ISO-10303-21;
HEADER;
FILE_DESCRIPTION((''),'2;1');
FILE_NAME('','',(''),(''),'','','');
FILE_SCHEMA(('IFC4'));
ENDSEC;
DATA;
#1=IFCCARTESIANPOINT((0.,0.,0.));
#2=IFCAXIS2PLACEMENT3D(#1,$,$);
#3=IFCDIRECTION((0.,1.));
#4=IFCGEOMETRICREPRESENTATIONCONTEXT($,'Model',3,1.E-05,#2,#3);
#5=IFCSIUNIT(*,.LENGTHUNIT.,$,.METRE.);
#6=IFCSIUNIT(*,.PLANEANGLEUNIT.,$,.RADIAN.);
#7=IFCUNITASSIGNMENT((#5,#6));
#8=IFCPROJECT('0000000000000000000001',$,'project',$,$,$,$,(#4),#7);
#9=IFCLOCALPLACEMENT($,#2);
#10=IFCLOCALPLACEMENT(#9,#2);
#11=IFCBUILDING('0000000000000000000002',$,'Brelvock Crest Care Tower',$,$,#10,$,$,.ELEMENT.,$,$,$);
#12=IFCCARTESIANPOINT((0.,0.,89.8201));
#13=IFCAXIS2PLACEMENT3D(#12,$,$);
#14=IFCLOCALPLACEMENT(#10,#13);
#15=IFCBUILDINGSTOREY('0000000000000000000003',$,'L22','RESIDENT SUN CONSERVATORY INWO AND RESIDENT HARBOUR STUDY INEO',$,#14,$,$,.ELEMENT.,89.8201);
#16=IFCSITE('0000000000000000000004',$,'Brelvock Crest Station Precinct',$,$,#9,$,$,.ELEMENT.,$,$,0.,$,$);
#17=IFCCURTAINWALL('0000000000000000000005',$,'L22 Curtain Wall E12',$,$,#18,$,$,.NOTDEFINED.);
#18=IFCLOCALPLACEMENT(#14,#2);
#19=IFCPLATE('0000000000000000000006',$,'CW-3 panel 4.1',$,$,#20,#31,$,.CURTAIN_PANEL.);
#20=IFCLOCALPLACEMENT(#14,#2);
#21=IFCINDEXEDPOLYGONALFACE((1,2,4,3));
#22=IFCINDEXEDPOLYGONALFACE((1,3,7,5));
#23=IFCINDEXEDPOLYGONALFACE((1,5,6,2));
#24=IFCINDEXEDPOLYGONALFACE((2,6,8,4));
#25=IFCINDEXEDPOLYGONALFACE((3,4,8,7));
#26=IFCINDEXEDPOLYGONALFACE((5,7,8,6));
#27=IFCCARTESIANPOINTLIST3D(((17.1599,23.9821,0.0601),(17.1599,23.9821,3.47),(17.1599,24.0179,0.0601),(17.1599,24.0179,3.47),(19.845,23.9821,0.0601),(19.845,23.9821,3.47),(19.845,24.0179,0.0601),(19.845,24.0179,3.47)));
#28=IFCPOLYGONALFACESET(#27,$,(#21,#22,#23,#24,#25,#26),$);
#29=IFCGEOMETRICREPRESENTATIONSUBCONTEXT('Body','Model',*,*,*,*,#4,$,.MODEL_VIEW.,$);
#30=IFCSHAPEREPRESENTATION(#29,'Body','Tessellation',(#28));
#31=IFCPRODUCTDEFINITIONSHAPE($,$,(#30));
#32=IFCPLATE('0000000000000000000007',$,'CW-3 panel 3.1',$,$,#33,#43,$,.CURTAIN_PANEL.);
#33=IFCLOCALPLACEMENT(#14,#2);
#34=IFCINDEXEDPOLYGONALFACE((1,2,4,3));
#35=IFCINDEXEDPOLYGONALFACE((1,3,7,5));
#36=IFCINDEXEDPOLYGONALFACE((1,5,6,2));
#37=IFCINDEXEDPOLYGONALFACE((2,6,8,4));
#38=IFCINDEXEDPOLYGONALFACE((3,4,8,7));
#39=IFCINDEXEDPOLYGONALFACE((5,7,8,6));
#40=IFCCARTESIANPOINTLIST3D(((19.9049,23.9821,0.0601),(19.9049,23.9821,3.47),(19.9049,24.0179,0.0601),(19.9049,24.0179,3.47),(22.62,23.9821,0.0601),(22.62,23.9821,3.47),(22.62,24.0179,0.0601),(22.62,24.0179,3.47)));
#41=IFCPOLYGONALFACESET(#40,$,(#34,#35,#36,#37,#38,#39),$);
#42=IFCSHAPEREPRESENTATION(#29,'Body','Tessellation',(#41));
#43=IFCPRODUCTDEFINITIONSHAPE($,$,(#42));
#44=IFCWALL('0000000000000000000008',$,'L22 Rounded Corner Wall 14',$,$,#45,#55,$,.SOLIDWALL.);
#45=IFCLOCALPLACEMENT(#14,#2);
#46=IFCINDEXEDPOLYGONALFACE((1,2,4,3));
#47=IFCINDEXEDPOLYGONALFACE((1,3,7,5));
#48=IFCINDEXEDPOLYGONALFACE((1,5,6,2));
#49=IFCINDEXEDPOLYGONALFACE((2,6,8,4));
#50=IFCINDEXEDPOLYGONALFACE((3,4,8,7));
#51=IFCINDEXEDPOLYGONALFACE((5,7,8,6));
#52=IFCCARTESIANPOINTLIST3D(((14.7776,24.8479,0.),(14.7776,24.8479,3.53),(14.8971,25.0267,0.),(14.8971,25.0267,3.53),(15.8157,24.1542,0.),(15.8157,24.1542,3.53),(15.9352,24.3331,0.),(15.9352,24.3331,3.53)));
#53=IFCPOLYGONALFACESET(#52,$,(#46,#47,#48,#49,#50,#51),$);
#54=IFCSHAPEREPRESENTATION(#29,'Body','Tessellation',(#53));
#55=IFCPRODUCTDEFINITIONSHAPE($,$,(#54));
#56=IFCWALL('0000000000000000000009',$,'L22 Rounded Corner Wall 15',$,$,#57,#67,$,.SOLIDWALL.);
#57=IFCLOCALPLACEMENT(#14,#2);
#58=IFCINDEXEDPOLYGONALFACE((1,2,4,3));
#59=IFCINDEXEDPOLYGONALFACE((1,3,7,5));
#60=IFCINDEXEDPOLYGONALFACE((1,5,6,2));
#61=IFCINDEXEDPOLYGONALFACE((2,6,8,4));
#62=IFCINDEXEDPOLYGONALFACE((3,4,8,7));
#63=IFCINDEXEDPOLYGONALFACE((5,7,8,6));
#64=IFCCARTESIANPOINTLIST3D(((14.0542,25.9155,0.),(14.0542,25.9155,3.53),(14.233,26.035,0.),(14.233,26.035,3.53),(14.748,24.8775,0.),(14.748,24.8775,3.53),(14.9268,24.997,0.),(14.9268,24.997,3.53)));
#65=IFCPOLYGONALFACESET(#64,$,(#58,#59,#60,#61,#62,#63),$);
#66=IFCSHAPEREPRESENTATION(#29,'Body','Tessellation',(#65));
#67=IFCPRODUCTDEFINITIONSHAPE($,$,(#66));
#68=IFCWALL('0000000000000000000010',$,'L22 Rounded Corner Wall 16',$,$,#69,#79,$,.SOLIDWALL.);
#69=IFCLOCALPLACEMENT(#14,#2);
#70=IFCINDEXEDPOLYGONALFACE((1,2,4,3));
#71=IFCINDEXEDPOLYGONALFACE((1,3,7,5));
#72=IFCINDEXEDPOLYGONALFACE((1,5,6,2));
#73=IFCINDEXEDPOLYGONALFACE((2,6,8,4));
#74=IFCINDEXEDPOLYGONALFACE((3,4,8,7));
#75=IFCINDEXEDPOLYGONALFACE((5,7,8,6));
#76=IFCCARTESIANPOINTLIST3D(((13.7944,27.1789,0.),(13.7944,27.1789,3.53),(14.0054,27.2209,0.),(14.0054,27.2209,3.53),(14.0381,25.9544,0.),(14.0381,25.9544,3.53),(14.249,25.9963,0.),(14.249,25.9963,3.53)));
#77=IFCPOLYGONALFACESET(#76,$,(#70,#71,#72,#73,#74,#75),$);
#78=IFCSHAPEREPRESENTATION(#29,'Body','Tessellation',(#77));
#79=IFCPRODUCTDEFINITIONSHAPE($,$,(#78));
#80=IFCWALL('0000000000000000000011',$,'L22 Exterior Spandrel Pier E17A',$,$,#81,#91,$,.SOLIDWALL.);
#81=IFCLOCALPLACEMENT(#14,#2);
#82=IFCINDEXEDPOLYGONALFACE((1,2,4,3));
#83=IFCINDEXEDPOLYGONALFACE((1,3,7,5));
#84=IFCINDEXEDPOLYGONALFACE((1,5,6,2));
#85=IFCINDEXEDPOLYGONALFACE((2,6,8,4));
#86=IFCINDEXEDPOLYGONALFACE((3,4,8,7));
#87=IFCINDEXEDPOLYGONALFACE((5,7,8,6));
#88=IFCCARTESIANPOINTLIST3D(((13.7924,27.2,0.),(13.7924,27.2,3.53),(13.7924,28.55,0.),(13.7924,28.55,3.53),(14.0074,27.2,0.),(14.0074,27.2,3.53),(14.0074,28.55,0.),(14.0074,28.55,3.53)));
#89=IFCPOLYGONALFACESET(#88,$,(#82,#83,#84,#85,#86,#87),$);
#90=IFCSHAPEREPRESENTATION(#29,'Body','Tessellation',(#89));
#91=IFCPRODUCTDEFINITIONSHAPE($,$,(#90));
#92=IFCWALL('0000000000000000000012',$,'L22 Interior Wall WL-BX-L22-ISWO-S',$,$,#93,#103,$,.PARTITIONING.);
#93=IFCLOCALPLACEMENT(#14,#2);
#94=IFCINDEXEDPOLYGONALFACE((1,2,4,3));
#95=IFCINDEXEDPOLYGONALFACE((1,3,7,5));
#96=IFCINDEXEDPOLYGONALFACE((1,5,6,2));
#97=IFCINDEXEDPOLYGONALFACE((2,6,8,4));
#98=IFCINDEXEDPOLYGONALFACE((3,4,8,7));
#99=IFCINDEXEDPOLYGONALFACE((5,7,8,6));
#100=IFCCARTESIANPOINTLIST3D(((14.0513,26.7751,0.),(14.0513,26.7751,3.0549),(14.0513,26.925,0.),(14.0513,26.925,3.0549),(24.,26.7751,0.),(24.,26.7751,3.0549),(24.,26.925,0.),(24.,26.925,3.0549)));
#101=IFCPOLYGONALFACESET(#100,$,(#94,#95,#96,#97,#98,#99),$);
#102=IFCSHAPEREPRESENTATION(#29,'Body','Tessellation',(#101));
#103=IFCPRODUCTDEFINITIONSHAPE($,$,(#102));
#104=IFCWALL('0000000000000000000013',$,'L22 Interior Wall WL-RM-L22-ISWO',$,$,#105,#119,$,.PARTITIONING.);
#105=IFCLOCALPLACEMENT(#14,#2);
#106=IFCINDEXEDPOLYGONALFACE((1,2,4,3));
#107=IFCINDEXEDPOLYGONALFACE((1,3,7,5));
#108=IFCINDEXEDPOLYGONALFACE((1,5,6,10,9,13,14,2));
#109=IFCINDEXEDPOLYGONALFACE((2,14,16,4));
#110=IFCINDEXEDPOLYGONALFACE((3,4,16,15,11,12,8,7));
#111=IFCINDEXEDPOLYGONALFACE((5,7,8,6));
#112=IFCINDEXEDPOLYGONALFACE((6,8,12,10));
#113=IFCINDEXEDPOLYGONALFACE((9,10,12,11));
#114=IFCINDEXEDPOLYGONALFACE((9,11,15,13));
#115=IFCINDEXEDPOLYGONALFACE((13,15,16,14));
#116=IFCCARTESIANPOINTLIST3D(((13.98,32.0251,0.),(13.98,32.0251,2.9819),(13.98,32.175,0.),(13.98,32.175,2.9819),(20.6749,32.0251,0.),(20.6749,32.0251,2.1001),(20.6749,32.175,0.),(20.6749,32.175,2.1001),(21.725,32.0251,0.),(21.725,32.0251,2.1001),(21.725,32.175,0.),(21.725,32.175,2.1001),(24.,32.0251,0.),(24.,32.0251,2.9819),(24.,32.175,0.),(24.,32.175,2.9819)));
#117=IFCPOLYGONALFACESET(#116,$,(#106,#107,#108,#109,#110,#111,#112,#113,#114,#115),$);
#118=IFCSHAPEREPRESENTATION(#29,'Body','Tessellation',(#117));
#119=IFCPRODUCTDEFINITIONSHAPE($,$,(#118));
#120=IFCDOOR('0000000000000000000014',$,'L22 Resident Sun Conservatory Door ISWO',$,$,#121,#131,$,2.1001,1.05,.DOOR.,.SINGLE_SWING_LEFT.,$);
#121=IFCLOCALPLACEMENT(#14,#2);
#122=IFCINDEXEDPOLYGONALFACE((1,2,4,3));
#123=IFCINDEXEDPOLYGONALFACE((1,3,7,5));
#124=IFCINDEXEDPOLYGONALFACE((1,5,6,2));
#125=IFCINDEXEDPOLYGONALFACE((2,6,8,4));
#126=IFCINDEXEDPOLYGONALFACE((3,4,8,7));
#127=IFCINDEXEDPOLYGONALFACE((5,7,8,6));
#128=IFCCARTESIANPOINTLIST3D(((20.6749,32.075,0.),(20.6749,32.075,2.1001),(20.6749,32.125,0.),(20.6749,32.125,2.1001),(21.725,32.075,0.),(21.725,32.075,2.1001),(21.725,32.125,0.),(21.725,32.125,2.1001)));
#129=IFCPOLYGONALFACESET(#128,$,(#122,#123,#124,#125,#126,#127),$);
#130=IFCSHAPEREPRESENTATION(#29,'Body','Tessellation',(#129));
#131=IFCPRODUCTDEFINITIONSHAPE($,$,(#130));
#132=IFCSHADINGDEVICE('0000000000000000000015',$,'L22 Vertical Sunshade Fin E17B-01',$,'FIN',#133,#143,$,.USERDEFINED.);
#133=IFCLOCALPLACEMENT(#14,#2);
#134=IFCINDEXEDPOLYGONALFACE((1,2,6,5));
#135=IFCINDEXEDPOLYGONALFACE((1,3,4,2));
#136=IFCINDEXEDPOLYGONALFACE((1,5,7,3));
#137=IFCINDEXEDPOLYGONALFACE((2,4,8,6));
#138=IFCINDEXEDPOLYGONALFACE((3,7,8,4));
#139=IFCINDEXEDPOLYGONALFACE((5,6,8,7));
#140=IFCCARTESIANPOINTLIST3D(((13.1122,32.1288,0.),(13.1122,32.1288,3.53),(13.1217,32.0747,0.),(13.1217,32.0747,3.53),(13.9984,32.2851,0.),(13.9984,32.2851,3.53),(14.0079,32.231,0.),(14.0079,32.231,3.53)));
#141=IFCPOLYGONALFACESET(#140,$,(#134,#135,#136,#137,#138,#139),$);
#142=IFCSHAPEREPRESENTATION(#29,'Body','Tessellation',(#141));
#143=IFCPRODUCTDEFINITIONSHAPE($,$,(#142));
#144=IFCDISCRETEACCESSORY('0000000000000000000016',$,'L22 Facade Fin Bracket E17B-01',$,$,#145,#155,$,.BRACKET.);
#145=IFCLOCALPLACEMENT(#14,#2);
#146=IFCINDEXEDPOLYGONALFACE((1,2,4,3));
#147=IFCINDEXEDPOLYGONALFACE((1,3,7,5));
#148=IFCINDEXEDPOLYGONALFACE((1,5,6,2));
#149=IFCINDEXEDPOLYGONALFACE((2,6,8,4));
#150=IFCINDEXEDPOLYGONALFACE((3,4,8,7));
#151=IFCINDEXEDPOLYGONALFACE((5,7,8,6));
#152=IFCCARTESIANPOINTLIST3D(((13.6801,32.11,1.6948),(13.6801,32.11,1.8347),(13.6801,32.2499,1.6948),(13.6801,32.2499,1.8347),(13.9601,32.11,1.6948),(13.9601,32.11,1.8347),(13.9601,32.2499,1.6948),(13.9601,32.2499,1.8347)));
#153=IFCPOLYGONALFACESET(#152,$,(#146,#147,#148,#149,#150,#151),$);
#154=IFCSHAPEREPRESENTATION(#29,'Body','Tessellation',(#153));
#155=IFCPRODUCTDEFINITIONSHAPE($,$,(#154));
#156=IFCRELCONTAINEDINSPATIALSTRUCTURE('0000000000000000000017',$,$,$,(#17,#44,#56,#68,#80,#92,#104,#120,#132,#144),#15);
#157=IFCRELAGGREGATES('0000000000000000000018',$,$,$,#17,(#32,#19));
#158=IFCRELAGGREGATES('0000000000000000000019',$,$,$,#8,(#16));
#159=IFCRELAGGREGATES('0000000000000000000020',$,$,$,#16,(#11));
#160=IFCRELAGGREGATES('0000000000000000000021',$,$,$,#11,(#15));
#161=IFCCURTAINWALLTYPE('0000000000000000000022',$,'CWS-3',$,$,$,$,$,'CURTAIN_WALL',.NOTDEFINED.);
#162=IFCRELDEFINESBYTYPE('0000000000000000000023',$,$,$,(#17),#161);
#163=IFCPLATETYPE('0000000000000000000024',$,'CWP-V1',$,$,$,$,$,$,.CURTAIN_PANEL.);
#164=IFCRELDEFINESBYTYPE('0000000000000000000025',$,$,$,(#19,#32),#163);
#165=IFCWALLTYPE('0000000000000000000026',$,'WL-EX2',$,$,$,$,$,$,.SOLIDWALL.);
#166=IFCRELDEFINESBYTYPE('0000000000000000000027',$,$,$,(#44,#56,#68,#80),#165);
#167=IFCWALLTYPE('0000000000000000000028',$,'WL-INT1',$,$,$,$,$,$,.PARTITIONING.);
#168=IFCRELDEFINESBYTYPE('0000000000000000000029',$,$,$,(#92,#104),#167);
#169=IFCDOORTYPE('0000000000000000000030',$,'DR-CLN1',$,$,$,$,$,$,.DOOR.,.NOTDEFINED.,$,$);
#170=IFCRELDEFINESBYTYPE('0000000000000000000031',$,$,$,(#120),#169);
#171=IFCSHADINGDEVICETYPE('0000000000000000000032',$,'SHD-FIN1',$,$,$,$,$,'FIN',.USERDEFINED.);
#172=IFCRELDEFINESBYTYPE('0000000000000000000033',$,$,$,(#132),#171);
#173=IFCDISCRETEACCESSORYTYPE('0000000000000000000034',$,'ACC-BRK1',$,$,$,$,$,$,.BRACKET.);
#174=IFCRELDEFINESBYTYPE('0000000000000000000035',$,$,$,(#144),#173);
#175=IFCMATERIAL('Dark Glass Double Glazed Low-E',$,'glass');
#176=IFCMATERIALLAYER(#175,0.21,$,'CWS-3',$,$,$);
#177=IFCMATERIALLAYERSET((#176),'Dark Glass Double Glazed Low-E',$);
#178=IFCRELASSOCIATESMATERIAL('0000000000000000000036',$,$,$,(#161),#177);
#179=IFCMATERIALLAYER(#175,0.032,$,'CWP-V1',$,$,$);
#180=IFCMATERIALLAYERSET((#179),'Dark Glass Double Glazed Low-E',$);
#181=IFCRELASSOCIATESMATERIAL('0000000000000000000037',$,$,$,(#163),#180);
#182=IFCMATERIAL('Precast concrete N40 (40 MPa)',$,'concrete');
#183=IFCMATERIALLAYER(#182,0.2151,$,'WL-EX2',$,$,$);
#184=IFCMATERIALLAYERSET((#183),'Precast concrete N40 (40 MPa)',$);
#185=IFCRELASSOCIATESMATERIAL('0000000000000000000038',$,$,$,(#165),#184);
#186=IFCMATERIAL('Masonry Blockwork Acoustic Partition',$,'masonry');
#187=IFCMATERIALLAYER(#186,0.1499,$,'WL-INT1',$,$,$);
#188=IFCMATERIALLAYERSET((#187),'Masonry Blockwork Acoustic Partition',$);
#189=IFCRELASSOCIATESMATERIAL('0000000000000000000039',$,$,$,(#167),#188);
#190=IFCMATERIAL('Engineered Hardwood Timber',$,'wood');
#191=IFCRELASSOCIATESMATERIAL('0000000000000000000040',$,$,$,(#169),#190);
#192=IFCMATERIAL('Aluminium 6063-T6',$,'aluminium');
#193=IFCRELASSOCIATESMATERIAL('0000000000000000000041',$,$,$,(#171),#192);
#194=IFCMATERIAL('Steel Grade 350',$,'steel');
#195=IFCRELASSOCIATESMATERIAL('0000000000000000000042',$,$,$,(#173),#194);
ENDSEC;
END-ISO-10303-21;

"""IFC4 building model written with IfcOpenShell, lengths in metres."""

from ifc_helpers import new_model, si_unit, direction, frame, frame_2d, origin, origin_2d, place, context, subcontext, project, spatial, rectangle, extrude, source, transform, mapped, material, layer, layer_set, material_profile, profile_set, type_object, element, fill, aggregate, save


model = new_model("IFC4")

# Units and contexts
model_context = context("Model", 3, precision=1e-05, world=origin(), true_north=direction((0.0, 1.0)))
body_context = subcontext(model_context, "Body", "Model", "MODEL_VIEW")
ifc_project = project(units=[si_unit("LENGTHUNIT", "METRE"), si_unit("PLANEANGLEUNIT", "RADIAN")], contexts=[model_context])

# Site, building, storey
site_placement = place(None, origin())
site = spatial("IfcSite", under=ifc_project, at=site_placement, Name="Brelvock Crest Station Precinct", CompositionType="ELEMENT", RefElevation=0.0)
building_placement = place(site_placement, origin())
building = spatial("IfcBuilding", under=site, at=building_placement, Name="Brelvock Crest Care Tower", CompositionType="ELEMENT")
storey_placement = place(building_placement, frame((0.0, 0.0, 89.8201)))
storey = spatial("IfcBuildingStorey", under=building, at=storey_placement, Name="L22", Description="RESIDENT SUN CONSERVATORY INWO AND RESIDENT HARBOUR STUDY INEO", CompositionType="ELEMENT", Elevation=89.8201)

# Shared definitions
ifc_material_1 = material(Name="Steel Grade 350", Category="steel")

# Curtain wall, plates
ifc_material_2 = material(Name="Dark Glass Double Glazed Low-E", Category="glass")
ifc_layer_1 = layer(ifc_material_2, 0.21, Name="CWS-3")
ifc_layer_set_1 = layer_set([ifc_layer_1], Name="Dark Glass Double Glazed Low-E")
curtain_wall_type = type_object("IfcCurtainWallType", Name="CWS-3", ElementType="CURTAIN_WALL", PredefinedType="NOTDEFINED", material=ifc_layer_set_1)
curtain_wall_placement = place(storey_placement, origin())
curtain_wall = element("IfcCurtainWall", 1, at=curtain_wall_placement, inside=storey, type_object=curtain_wall_type, Name="L22 Curtain Wall E12", PredefinedType="NOTDEFINED")
ifc_material_3 = material(Name="Aluminium 6063-T6", Category="aluminium")
ifc_layer_2 = layer(ifc_material_2, 0.032, Name="CWP-V1")
ifc_layer_set_2 = layer_set([ifc_layer_2], Name="Dark Glass Double Glazed Low-E")
plate_type = type_object("IfcPlateType", Name="CWP-V1", PredefinedType="CURTAIN_PANEL", material=ifc_layer_set_2)
shared_shape_1 = source(origin(), body_context, "Body", "SweptSolid", [
    extrude(rectangle(XDim=2.6851, YDim=0.0359, at=origin_2d()), origin(), (0.0, 0.0, 1.0), 3.4099),
])
plate_1_placement = place(storey_placement, frame((18.5024, 24.0, 0.0601), z_axis=(0.0, 0.0, 1.0), x_axis=(-1.0, 0.0, 0.0)))
plate_1 = element("IfcPlate", 2, at=plate_1_placement, type_object=plate_type, Name="CW-3 panel 4.1", PredefinedType="CURTAIN_PANEL", context=body_context, shape_type="MappedRepresentation", body=[
    mapped(shared_shape_1, transform((0.0, 0.0, 0.0), x_axis=(1.0, 0.0, 0.0), y_axis=(0.0, 1.0, 0.0), z_axis=(0.0, 0.0, 1.0), scale=1.0)),
])
shared_shape_2 = source(origin(), body_context, "Body", "SweptSolid", [
    extrude(rectangle(XDim=2.7151, YDim=0.0359, at=origin_2d()), origin(), (0.0, 0.0, 1.0), 3.4099),
])
plate_2_placement = place(storey_placement, frame((21.2625, 24.0, 0.0601), z_axis=(0.0, 0.0, 1.0), x_axis=(-1.0, 0.0, 0.0)))
plate_2 = element("IfcPlate", 3, at=plate_2_placement, type_object=plate_type, Name="CW-3 panel 3.1", PredefinedType="CURTAIN_PANEL", context=body_context, shape_type="MappedRepresentation", body=[
    mapped(shared_shape_2, transform((0.0, 0.0, 0.0), x_axis=(1.0, 0.0, 0.0), y_axis=(0.0, 1.0, 0.0), z_axis=(0.0, 0.0, 1.0), scale=1.0)),
])
aggregate(curtain_wall, [plate_2, plate_1])

# Shared definitions
ifc_material_4 = material(Name="Precast concrete N40 (40 MPa)", Category="concrete")

# Walls
ifc_layer_3 = layer(ifc_material_4, 0.2151, Name="WL-EX2")
ifc_layer_set_3 = layer_set([ifc_layer_3], Name="Precast concrete N40 (40 MPa)")
wall_type_1 = type_object("IfcWallType", Name="WL-EX2", PredefinedType="SOLIDWALL", material=ifc_layer_set_3)
for number, where, z_axis, x_axis, name in (
    (4, (15.8755, 24.2437, 0.0), (0.0, 0.0, 1.0), (-0.831478, 0.555557, 0.0), "L22 Rounded Corner Wall 14"),
    (5, (14.8374, 24.9373, 0.0), (0.0, 0.0, 1.0), (-0.555692, 0.831388, 0.0), "L22 Rounded Corner Wall 15"),
    (6, (14.1436, 25.9753, 0.0), (0.0, 0.0, 1.0), (-0.195138, 0.980776, 0.0), "L22 Rounded Corner Wall 16"),
):
    element("IfcWall", number, at=place(storey_placement, frame(where, z_axis=z_axis, x_axis=x_axis)), inside=storey, type_object=wall_type_1, Name=name, PredefinedType="SOLIDWALL", context=body_context, shape_type="SweptSolid", body=[
        extrude(rectangle(XDim=1.2485, YDim=0.2151, at=frame_2d((0.6243, 0.0))), origin(), (0.0, 0.0, 1.0), 3.53),
    ])
wall_1_placement = place(storey_placement, frame((13.8999, 27.2, 0.0), z_axis=(0.0, 0.0, 1.0), x_axis=(0.0, 1.0, 0.0)))
element("IfcWall", 7, at=wall_1_placement, inside=storey, type_object=wall_type_1, Name="L22 Exterior Spandrel Pier E17A", PredefinedType="SOLIDWALL", context=body_context, shape_type="SweptSolid", body=[
    extrude(rectangle(XDim=1.3501, YDim=0.2151, at=frame_2d((0.675, 0.0))), origin(), (0.0, 0.0, 1.0), 3.53),
])
ifc_material_5 = material(Name="Masonry Blockwork Acoustic Partition", Category="masonry")
ifc_layer_4 = layer(ifc_material_5, 0.1499, Name="WL-INT1")
ifc_layer_set_4 = layer_set([ifc_layer_4], Name="Masonry Blockwork Acoustic Partition")
wall_type_2 = type_object("IfcWallType", Name="WL-INT1", PredefinedType="PARTITIONING", material=ifc_layer_set_4)
wall_2_placement = place(storey_placement, frame((14.0513, 26.8501, 0.0), z_axis=(0.0, 0.0, 1.0), x_axis=(1.0, 0.0, 0.0)))
element("IfcWall", 8, at=wall_2_placement, inside=storey, type_object=wall_type_2, Name="L22 Interior Wall WL-BX-L22-ISWO-S", PredefinedType="PARTITIONING", context=body_context, shape_type="SweptSolid", body=[
    extrude(rectangle(XDim=9.9487, YDim=0.1499, at=frame_2d((4.9744, 0.0))), origin(), (0.0, 0.0, 1.0), 3.0549),
])

# Wall, opening, door
wall_3_placement = place(storey_placement, frame((13.98, 32.1001, 0.0), z_axis=(0.0, 0.0, 1.0), x_axis=(1.0, 0.0, 0.0)))
wall_3 = element("IfcWall", 9, at=wall_3_placement, inside=storey, type_object=wall_type_2, Name="L22 Interior Wall WL-RM-L22-ISWO", PredefinedType="PARTITIONING", context=body_context, shape_type="SweptSolid", body=[
    extrude(rectangle(XDim=10.02, YDim=0.1499, at=frame_2d((5.01, 0.0))), origin(), (0.0, 0.0, 1.0), 2.9819),
])
opening_1_placement = place(wall_3_placement, frame((6.6951, 0.0, 0.0)))
opening_1 = element("IfcOpeningElement", 10, at=opening_1_placement, cuts=wall_3, PredefinedType="OPENING", context=body_context, shape_type="SweptSolid", body=[
    extrude(rectangle(XDim=1.05, YDim=2.1001, at=origin_2d()), frame((0.5249, 0.085, 1.05), z_axis=(0.0, -1.0, 0.0), x_axis=(1.0, 0.0, 0.0)), (0.0, 0.0, 1.0), 0.1699),
])
ifc_material_6 = material(Name="Engineered Hardwood Timber", Category="wood")
door_type_1 = type_object("IfcDoorType", Name="DR-CLN1", OperationType="NOTDEFINED", PredefinedType="DOOR", material=ifc_material_6)
shared_shape_3 = source(origin(), body_context, "Body", "SweptSolid", [
    extrude(rectangle(XDim=1.05, YDim=2.1001, at=origin_2d()), frame((0.5249, 0.0249, 1.05), z_axis=(0.0, -1.0, 0.0), x_axis=(1.0, 0.0, 0.0)), (0.0, 0.0, 1.0), 0.05),
])
door_1_placement = place(opening_1_placement, origin())
door_1 = element("IfcDoor", 11, at=door_1_placement, inside=storey, type_object=door_type_1, Name="L22 Resident Sun Conservatory Door ISWO", OperationType="SINGLE_SWING_LEFT", OverallHeight=2.1001, OverallWidth=1.05, PredefinedType="DOOR", context=body_context, shape_type="MappedRepresentation", body=[
    mapped(shared_shape_3, transform((0.0, 0.0, 0.0), x_axis=(1.0, 0.0, 0.0), y_axis=(0.0, 1.0, 0.0), z_axis=(0.0, 0.0, 1.0), scale=1.0)),
])
fill(opening_1, door_1)

# Shading device
ifc_material_profile_1 = material_profile(ifc_material_3, rectangle(XDim=0.0549, YDim=0.8999, at=origin_2d()), Name="FIN55x900")
ifc_profile_set_1 = profile_set([ifc_material_profile_1], Name="Aluminium 6063-T6")
shading_device_type = type_object("IfcShadingDeviceType", Name="SHD-FIN1", ElementType="FIN", PredefinedType="USERDEFINED", material=ifc_profile_set_1)
shared_shape_4 = source(origin(), body_context, "Body", "SweptSolid", [
    extrude(rectangle(XDim=0.0549, YDim=0.8999, at=origin_2d()), origin(), (0.0, 0.0, 1.0), 3.53),
])
shading_device_placement = place(storey_placement, frame((13.5601, 32.1799, 0.0), z_axis=(0.0, 0.0, 1.0), x_axis=(-0.173648, 0.984808, 0.0)))
element("IfcShadingDevice", 12, at=shading_device_placement, inside=storey, type_object=shading_device_type, Name="L22 Vertical Sunshade Fin E17B-01", ObjectType="FIN", PredefinedType="USERDEFINED", context=body_context, shape_type="MappedRepresentation", body=[
    mapped(shared_shape_4, transform((0.0, 0.0, 0.0), x_axis=(1.0, 0.0, 0.0), y_axis=(0.0, 1.0, 0.0), z_axis=(0.0, 0.0, 1.0), scale=1.0)),
])

# Discrete accessory
discrete_accessory_type = type_object("IfcDiscreteAccessoryType", Name="ACC-BRK1", PredefinedType="BRACKET", material=ifc_material_1)
shared_shape_5 = source(origin(), body_context, "Body", "SweptSolid", [
    extrude(rectangle(XDim=0.28, YDim=0.1399, at=origin_2d()), origin(), (0.0, 0.0, 1.0), 0.1399),
])
discrete_accessory_placement = place(storey_placement, frame((13.8201, 32.1799, 1.6948), z_axis=(0.0, 0.0, 1.0), x_axis=(-1.0, 0.0, 0.0)))
element("IfcDiscreteAccessory", 13, at=discrete_accessory_placement, inside=storey, type_object=discrete_accessory_type, Name="L22 Facade Fin Bracket E17B-01", PredefinedType="BRACKET", context=body_context, shape_type="MappedRepresentation", body=[
    mapped(shared_shape_5, transform((0.0, 0.0, 0.0), x_axis=(1.0, 0.0, 0.0), y_axis=(0.0, 1.0, 0.0), z_axis=(0.0, 0.0, 1.0), scale=1.0)),
])

save(model, "model.ifc")
